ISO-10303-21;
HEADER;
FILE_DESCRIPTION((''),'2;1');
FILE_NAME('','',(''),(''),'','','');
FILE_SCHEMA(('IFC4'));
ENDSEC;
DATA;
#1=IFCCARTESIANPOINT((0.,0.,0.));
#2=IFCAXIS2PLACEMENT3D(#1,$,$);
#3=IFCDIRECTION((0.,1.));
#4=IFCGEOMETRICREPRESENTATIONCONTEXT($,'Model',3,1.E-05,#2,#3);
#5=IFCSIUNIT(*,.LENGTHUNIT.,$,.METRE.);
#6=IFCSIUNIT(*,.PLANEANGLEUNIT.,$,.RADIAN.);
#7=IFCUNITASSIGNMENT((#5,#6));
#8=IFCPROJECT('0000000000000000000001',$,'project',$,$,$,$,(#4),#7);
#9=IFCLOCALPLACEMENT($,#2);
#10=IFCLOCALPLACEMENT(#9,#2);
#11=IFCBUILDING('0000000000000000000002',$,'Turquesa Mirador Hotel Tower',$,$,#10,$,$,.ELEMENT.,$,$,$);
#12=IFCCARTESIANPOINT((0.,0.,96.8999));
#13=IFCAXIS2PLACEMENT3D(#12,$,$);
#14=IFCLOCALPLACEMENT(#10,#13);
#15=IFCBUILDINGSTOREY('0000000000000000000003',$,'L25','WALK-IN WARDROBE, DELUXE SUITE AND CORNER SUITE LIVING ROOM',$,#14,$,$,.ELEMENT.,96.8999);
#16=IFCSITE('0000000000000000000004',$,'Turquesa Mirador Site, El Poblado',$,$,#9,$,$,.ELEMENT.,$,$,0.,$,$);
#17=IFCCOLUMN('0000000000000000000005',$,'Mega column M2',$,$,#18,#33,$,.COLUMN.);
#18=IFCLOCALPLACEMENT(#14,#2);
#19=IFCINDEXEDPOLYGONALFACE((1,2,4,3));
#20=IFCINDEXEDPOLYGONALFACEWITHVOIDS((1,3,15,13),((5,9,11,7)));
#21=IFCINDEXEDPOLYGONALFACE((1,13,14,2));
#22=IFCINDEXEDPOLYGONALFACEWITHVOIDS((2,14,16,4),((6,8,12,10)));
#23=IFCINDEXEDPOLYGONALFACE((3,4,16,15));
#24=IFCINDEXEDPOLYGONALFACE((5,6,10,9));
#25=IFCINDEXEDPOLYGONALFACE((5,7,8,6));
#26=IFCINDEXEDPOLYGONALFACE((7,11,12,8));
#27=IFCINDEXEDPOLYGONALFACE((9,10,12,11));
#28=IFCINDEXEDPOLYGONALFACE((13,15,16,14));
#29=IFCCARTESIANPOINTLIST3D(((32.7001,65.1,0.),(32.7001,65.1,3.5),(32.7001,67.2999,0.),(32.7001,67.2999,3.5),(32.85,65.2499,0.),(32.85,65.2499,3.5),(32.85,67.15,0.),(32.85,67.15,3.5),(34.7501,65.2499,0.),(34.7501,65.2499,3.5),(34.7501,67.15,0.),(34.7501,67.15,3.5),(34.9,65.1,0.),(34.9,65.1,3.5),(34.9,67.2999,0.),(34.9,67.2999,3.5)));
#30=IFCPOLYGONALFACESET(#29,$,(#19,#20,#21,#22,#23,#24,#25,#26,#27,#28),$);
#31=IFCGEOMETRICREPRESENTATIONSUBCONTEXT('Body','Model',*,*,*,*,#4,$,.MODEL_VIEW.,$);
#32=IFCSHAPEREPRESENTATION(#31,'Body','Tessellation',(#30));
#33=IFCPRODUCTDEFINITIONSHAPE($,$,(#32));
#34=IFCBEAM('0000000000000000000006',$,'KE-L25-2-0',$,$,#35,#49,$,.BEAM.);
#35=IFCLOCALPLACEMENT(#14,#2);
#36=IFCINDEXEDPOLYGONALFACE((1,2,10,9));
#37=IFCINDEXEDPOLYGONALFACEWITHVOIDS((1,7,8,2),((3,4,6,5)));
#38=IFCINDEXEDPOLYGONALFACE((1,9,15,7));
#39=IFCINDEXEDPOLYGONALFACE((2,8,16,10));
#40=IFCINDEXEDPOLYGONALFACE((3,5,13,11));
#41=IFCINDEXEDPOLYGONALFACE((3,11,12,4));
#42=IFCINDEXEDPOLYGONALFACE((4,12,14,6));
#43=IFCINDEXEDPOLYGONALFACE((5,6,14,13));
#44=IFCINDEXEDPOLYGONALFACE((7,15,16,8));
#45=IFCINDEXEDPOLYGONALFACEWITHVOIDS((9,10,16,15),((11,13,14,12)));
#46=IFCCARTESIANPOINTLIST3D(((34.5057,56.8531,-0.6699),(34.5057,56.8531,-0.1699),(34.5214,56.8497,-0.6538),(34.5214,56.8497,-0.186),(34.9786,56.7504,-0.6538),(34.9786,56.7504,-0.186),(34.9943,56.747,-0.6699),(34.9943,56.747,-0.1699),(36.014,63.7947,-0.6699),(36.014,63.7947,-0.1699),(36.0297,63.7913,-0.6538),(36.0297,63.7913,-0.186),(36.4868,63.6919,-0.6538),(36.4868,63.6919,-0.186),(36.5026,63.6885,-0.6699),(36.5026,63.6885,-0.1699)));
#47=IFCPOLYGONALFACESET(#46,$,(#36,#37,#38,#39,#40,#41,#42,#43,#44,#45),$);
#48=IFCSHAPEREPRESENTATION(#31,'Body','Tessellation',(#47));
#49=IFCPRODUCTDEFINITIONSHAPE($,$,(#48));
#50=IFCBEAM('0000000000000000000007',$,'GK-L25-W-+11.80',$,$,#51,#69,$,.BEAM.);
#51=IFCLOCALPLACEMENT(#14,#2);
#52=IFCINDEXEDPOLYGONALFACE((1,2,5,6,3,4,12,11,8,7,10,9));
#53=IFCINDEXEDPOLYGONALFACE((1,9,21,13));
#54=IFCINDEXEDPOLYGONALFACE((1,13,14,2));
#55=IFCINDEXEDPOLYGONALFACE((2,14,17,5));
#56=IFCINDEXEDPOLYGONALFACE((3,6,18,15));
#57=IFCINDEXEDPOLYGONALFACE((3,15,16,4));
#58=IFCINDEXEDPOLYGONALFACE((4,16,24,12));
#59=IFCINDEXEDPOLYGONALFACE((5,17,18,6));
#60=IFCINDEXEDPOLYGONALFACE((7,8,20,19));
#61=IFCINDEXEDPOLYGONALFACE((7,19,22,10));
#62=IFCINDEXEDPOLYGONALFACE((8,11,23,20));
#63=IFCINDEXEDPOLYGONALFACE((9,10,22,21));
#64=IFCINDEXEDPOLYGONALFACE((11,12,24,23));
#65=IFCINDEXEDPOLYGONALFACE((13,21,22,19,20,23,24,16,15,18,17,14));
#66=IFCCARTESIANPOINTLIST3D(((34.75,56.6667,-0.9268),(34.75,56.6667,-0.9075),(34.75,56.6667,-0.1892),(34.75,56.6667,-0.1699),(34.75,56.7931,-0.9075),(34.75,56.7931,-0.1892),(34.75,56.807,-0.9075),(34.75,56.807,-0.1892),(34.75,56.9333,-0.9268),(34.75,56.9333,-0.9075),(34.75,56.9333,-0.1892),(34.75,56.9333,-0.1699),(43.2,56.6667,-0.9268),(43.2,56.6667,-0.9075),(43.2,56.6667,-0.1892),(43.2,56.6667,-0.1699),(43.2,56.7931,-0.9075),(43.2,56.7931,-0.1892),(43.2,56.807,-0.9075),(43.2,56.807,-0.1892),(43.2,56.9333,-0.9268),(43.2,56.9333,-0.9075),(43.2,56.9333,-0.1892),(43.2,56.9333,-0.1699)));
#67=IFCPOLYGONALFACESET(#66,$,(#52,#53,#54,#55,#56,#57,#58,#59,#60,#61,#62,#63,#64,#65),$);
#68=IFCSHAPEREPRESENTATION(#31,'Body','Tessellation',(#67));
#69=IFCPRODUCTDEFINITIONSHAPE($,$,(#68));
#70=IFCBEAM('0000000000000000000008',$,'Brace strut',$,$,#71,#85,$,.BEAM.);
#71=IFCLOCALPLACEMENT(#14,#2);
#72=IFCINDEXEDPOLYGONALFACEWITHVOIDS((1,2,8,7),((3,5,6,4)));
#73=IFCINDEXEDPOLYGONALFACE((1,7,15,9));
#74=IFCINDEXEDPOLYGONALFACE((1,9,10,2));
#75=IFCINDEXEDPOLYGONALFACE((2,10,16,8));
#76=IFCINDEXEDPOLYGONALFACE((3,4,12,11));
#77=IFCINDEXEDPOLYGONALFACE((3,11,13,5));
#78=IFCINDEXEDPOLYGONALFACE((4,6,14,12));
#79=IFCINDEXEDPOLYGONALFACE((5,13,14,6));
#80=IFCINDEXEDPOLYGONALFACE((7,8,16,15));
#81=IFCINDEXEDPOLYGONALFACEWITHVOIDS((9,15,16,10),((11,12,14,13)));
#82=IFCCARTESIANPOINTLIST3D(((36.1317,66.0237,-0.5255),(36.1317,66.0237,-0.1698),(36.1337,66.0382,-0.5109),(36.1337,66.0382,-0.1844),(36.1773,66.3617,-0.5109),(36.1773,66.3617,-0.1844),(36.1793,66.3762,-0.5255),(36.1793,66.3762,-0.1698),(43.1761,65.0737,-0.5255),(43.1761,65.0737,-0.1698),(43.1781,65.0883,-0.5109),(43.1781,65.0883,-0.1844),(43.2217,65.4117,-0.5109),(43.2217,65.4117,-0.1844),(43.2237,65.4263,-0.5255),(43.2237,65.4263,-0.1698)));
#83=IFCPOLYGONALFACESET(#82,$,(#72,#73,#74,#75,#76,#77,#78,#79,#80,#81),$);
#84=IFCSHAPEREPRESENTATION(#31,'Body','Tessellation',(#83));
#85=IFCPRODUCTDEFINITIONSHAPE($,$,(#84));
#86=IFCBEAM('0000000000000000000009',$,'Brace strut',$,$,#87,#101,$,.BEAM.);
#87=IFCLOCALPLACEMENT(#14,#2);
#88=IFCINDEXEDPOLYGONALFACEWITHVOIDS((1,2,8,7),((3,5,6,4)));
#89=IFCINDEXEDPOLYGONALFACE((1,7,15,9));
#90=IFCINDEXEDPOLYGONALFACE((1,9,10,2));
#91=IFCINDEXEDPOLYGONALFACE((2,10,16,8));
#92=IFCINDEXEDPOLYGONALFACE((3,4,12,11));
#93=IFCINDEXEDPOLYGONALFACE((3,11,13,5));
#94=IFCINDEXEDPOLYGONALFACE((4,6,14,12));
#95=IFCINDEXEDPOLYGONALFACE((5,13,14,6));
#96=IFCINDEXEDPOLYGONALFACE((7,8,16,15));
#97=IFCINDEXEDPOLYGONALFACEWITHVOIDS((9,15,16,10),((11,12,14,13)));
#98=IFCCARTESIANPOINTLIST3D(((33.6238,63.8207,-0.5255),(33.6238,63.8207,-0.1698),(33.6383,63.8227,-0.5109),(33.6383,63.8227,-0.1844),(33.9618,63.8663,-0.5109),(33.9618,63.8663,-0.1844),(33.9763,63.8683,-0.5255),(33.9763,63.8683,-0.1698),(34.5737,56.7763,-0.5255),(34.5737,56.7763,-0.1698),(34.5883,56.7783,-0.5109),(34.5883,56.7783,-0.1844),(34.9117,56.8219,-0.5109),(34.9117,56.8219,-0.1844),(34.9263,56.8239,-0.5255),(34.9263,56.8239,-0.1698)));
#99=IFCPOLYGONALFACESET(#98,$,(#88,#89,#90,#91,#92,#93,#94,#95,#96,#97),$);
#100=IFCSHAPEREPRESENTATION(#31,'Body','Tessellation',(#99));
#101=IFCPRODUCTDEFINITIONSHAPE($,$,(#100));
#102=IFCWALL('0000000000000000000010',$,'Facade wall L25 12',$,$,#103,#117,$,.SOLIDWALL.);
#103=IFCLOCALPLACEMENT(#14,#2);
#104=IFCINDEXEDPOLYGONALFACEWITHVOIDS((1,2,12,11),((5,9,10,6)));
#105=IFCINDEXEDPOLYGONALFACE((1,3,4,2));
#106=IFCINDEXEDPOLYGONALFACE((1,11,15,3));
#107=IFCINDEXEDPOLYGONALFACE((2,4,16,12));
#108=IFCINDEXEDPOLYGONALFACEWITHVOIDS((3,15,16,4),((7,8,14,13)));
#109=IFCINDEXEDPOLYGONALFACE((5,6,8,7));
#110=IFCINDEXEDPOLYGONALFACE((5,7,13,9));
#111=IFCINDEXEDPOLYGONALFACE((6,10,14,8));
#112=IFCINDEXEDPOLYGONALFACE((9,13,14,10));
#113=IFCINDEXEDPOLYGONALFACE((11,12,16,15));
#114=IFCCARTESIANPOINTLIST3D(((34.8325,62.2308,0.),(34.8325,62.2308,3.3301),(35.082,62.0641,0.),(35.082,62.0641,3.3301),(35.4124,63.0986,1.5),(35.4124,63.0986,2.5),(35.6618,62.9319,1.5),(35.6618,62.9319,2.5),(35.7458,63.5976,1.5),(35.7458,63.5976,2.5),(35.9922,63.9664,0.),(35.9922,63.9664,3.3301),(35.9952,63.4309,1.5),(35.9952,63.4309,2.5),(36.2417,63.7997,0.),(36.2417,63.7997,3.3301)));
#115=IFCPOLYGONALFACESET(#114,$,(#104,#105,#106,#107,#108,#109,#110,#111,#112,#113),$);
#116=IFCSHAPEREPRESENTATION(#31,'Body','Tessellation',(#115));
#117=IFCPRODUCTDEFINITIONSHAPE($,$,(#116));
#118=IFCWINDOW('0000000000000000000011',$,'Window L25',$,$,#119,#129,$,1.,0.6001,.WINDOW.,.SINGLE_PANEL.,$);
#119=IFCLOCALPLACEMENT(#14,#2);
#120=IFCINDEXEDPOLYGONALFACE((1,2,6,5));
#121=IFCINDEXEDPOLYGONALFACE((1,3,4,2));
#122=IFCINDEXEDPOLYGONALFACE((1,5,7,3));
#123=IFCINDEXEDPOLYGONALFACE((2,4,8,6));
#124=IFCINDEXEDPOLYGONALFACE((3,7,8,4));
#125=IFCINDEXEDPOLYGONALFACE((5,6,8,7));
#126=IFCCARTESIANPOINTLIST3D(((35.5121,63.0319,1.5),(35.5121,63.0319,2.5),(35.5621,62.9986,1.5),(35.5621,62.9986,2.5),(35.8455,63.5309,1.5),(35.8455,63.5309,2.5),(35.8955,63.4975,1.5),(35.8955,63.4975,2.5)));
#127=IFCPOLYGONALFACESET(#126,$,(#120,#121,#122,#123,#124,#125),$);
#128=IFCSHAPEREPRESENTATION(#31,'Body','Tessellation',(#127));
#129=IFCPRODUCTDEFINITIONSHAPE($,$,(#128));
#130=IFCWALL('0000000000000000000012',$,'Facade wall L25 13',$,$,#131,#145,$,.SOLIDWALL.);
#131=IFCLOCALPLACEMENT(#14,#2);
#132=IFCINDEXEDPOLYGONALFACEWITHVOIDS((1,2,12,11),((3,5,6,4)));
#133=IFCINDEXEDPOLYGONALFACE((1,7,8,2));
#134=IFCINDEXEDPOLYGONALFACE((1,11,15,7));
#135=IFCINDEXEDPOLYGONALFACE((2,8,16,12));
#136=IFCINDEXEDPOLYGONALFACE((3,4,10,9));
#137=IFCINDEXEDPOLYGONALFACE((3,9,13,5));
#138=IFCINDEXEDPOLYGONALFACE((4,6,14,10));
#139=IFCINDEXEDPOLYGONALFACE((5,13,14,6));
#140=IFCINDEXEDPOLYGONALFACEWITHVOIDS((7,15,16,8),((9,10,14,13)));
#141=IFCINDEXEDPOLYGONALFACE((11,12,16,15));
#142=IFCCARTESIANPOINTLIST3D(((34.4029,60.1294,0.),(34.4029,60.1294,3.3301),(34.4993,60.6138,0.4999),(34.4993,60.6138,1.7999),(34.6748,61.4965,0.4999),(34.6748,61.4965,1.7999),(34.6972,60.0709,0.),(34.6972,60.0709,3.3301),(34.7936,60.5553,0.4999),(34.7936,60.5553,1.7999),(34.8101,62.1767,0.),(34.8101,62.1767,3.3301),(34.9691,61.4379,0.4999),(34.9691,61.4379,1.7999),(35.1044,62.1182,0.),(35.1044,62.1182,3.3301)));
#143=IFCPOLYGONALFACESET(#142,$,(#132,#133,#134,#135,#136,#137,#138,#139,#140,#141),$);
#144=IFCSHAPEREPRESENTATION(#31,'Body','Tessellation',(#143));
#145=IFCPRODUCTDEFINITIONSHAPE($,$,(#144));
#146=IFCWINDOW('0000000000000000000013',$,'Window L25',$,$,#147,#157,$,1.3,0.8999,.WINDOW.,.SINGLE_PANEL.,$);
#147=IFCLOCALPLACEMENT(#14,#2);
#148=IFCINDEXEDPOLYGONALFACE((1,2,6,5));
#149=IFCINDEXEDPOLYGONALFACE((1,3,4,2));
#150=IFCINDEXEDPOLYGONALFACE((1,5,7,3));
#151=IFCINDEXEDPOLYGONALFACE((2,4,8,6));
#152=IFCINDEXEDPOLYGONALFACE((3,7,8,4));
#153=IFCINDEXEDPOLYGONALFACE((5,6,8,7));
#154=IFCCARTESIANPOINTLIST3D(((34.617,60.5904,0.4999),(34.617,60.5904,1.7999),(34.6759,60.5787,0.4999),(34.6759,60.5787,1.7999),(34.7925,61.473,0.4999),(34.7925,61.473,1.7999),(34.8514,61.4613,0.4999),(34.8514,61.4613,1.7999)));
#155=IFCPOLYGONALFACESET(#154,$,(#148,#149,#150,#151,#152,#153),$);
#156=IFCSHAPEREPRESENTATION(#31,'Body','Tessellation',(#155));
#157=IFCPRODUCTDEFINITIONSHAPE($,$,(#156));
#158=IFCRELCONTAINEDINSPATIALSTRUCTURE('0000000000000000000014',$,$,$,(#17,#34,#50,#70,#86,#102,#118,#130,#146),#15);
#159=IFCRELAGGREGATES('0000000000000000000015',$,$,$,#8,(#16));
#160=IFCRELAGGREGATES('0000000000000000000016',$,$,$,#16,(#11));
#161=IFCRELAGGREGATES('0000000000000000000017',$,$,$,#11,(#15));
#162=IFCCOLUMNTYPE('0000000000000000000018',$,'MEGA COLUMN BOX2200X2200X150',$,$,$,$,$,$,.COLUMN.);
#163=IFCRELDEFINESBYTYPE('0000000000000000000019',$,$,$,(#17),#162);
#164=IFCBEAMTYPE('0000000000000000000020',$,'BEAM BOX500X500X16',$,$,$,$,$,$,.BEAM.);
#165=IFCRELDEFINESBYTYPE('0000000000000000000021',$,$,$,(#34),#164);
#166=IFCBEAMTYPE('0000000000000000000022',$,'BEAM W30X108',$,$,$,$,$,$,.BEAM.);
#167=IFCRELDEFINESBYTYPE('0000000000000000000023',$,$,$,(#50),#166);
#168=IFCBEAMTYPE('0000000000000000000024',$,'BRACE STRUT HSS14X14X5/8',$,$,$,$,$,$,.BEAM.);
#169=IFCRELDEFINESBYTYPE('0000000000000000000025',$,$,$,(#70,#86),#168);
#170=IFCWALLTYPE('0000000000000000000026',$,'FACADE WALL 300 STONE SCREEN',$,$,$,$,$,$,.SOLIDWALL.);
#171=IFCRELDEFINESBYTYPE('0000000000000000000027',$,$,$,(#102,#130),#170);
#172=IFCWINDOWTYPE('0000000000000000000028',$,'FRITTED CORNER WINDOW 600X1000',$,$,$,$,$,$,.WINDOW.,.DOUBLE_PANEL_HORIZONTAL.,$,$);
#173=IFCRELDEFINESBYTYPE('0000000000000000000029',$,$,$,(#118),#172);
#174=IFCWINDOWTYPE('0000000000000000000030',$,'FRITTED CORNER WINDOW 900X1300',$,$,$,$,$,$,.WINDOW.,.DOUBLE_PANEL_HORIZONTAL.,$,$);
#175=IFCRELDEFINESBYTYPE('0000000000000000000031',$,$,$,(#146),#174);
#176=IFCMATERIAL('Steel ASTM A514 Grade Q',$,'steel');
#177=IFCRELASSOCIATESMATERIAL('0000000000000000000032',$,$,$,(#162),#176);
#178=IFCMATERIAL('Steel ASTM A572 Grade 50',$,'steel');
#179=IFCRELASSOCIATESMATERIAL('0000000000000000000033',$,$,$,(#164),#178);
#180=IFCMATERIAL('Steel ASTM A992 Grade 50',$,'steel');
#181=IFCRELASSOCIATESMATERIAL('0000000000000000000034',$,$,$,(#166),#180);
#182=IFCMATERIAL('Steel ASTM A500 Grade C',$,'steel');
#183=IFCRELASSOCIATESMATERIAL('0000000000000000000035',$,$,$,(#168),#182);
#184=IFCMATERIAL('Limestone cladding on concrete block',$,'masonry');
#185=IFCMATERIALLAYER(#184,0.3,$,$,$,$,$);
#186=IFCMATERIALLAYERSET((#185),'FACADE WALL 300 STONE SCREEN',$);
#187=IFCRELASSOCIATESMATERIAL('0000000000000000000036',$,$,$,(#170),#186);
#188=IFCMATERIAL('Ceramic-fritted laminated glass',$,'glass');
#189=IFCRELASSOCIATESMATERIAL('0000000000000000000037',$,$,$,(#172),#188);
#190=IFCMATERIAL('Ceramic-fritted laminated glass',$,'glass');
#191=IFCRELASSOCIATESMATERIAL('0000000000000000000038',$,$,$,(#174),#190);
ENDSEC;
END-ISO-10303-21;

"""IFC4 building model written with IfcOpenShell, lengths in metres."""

from ifc_helpers import new_model, si_unit, direction, frame, frame_2d, origin, origin_2d, place, context, subcontext, project, spatial, rectangle, hollow_rectangle, i_section, extrude, material, layer, layer_set, material_profile, profile_set, type_object, element, fill, save


model = new_model("IFC4")

# Units and contexts
model_context = context("Model", 3, precision=1e-05, world=origin(), true_north=direction((0.0, 1.0)))
body_context = subcontext(model_context, "Body", "Model", "MODEL_VIEW")
ifc_project = project(units=[si_unit("LENGTHUNIT", "METRE"), si_unit("PLANEANGLEUNIT", "RADIAN")], contexts=[model_context])

# Site, building, storey
site_placement = place(None, origin())
site = spatial("IfcSite", under=ifc_project, at=site_placement, Name="Turquesa Mirador Site, El Poblado", CompositionType="ELEMENT", RefElevation=0.0)
building_placement = place(site_placement, origin())
building = spatial("IfcBuilding", under=site, at=building_placement, Name="Turquesa Mirador Hotel Tower", CompositionType="ELEMENT")
storey_placement = place(building_placement, frame((0.0, 0.0, 96.8999)))
storey = spatial("IfcBuildingStorey", under=building, at=storey_placement, Name="L25", Description="WALK-IN WARDROBE, DELUXE SUITE AND CORNER SUITE LIVING ROOM", CompositionType="ELEMENT", Elevation=96.8999)

# Column
ifc_material_1 = material(Name="Steel ASTM A514 Grade Q", Category="steel")
ifc_material_profile_1 = material_profile(ifc_material_1, hollow_rectangle(XDim=2.2, YDim=2.2, WallThickness=0.1499, at=origin_2d()), Name="BOX2200X2200X150")
ifc_profile_set_1 = profile_set([ifc_material_profile_1], Name="Steel ASTM A514 Grade Q")
column_type = type_object("IfcColumnType", Name="MEGA COLUMN BOX2200X2200X150", PredefinedType="COLUMN", material=ifc_profile_set_1)
column_placement = place(storey_placement, frame((33.8, 66.2, 0.0), z_axis=(0.0, 0.0, 1.0), x_axis=(1.0, 0.0, 0.0)))
element("IfcColumn", 1, at=column_placement, inside=storey, type_object=column_type, Name="Mega column M2", PredefinedType="COLUMN", context=body_context, shape_type="SweptSolid", body=[
    extrude(hollow_rectangle(XDim=2.2, YDim=2.2, WallThickness=0.1499, at=origin_2d()), origin(), (0.0, 0.0, 1.0), 3.5),
])

# Beams
ifc_material_2 = material(Name="Steel ASTM A572 Grade 50", Category="steel")
ifc_material_profile_2 = material_profile(ifc_material_2, hollow_rectangle(XDim=0.5, YDim=0.5, WallThickness=0.0161, at=origin_2d()), Name="BOX500X500X16")
ifc_profile_set_2 = profile_set([ifc_material_profile_2], Name="Steel ASTM A572 Grade 50")
beam_type_1 = type_object("IfcBeamType", Name="BEAM BOX500X500X16", PredefinedType="BEAM", material=ifc_profile_set_2)
beam_1_placement = place(storey_placement, frame((34.75, 56.8, -0.4199), z_axis=(0.212328, 0.977198, 0.0), x_axis=(-0.977198, 0.212328, 0.0)))
element("IfcBeam", 2, at=beam_1_placement, inside=storey, type_object=beam_type_1, Name="KE-L25-2-0", PredefinedType="BEAM", context=body_context, shape_type="SweptSolid", body=[
    extrude(hollow_rectangle(XDim=0.5, YDim=0.5, WallThickness=0.0161, at=origin_2d()), origin(), (0.0, 0.0, 1.0), 7.1035),
])
ifc_material_3 = material(Name="Steel ASTM A992 Grade 50", Category="steel")
ifc_material_profile_3 = material_profile(ifc_material_3, i_section(OverallWidth=0.2666, OverallDepth=0.7568, WebThickness=0.0139, FlangeThickness=0.0193, at=origin_2d()), Name="W30X108")
ifc_profile_set_3 = profile_set([ifc_material_profile_3], Name="Steel ASTM A992 Grade 50")
beam_type_2 = type_object("IfcBeamType", Name="BEAM W30X108", PredefinedType="BEAM", material=ifc_profile_set_3)
beam_2_placement = place(storey_placement, frame((34.75, 56.8, -0.5483), z_axis=(1.0, 0.0, 0.0), x_axis=(0.0, 1.0, 0.0)))
element("IfcBeam", 3, at=beam_2_placement, inside=storey, type_object=beam_type_2, Name="GK-L25-W-+11.80", PredefinedType="BEAM", context=body_context, shape_type="SweptSolid", body=[
    extrude(i_section(OverallWidth=0.2666, OverallDepth=0.7568, WebThickness=0.0139, FlangeThickness=0.0193, at=origin_2d()), origin(), (0.0, 0.0, 1.0), 8.45),
])
ifc_material_4 = material(Name="Steel ASTM A500 Grade C", Category="steel")
ifc_material_profile_4 = material_profile(ifc_material_4, hollow_rectangle(XDim=0.3557, YDim=0.3557, WallThickness=0.0146, at=origin_2d()), Name="HSS14X14X5/8")
ifc_profile_set_4 = profile_set([ifc_material_profile_4], Name="Steel ASTM A500 Grade C")
beam_type_3 = type_object("IfcBeamType", Name="BRACE STRUT HSS14X14X5/8", PredefinedType="BEAM", material=ifc_profile_set_4)
for number, where, z_axis, x_axis, name in (
    (4, (36.1555, 66.2, -0.3477), (0.99103, -0.133642, 0.0), (0.133642, 0.99103, 0.0), "Brace strut"),
    (5, (33.8, 63.8445, -0.3477), (0.133642, -0.99103, 0.0), (0.99103, 0.133642, 0.0), "Brace strut"),
):
    element("IfcBeam", number, at=place(storey_placement, frame(where, z_axis=z_axis, x_axis=x_axis)), inside=storey, type_object=beam_type_3, Name=name, PredefinedType="BEAM", context=body_context, shape_type="SweptSolid", body=[
        extrude(hollow_rectangle(XDim=0.3557, YDim=0.3557, WallThickness=0.0146, at=origin_2d()), origin(), (0.0, 0.0, 1.0), 7.1082),
    ])

# Walls, openings, windows
ifc_material_5 = material(Name="Limestone cladding on concrete block", Category="masonry")
ifc_layer = layer(ifc_material_5, 0.3)
ifc_layer_set = layer_set([ifc_layer], Name="FACADE WALL 300 STONE SCREEN")
wall_type = type_object("IfcWallType", Name="FACADE WALL 300 STONE SCREEN", PredefinedType="SOLIDWALL", material=ifc_layer_set)
wall_1_placement = place(storey_placement, frame((36.1169, 63.8831, 0.0), z_axis=(0.0, 0.0, 1.0), x_axis=(-0.555564, -0.831474, 0.0)))
wall_1 = element("IfcWall", 6, at=wall_1_placement, inside=storey, type_object=wall_type, Name="Facade wall L25 12", PredefinedType="SOLIDWALL", context=body_context, shape_type="SweptSolid", body=[
    extrude(rectangle(XDim=2.0874, YDim=0.3, at=frame_2d((1.0437, 0.0))), origin(), (0.0, 0.0, 1.0), 3.3301),
])
opening_1_placement = place(wall_1_placement, frame((0.4436, 0.0, 1.5)))
opening_1 = element("IfcOpeningElement", 7, at=opening_1_placement, cuts=wall_1, PredefinedType="OPENING", context=body_context, shape_type="SweptSolid", body=[
    extrude(rectangle(XDim=0.6001, YDim=1.0, at=frame_2d((0.3, 0.5))), frame((0.0, 0.1599, 0.0), z_axis=(0.0, -1.0, 0.0), x_axis=(1.0, 0.0, 0.0)), (0.0, 0.0, 1.0), 0.3201),
])
ifc_material_6 = material(Name="Ceramic-fritted laminated glass", Category="glass")
window_type_1 = type_object("IfcWindowType", Name="FRITTED CORNER WINDOW 600X1000", PartitioningType="DOUBLE_PANEL_HORIZONTAL", PredefinedType="WINDOW", material=ifc_material_6)
window_1_placement = place(opening_1_placement, origin())
window_1 = element("IfcWindow", 8, at=window_1_placement, inside=storey, type_object=window_type_1, Name="Window L25", OverallHeight=1.0, OverallWidth=0.6001, PartitioningType="SINGLE_PANEL", PredefinedType="WINDOW", context=body_context, shape_type="SweptSolid", body=[
    extrude(rectangle(XDim=0.6001, YDim=1.0, at=frame_2d((0.3, 0.5))), frame((0.0, 0.03, 0.0), z_axis=(0.0, -1.0, 0.0), x_axis=(1.0, 0.0, 0.0)), (0.0, 0.0, 1.0), 0.0601),
])
fill(opening_1, window_1)
wall_2_placement = place(storey_placement, frame((34.9573, 62.1475, 0.0), z_axis=(0.0, 0.0, 1.0), x_axis=(-0.195081, -0.980787, 0.0)))
wall_2 = element("IfcWall", 9, at=wall_2_placement, inside=storey, type_object=wall_type, Name="Facade wall L25 13", PredefinedType="SOLIDWALL", context=body_context, shape_type="SweptSolid", body=[
    extrude(rectangle(XDim=2.0874, YDim=0.3, at=frame_2d((1.0437, 0.0))), origin(), (0.0, 0.0, 1.0), 3.3301),
])
opening_2_placement = place(wall_2_placement, frame((0.6936, 0.0, 0.5)))
opening_2 = element("IfcOpeningElement", 10, at=opening_2_placement, cuts=wall_2, PredefinedType="OPENING", context=body_context, shape_type="SweptSolid", body=[
    extrude(rectangle(XDim=0.8999, YDim=1.3, at=frame_2d((0.45, 0.6499))), frame((0.0, 0.1599, 0.0), z_axis=(0.0, -1.0, 0.0), x_axis=(1.0, 0.0, 0.0)), (0.0, 0.0, 1.0), 0.3201),
])
ifc_material_7 = material(Name="Ceramic-fritted laminated glass", Category="glass")
window_type_2 = type_object("IfcWindowType", Name="FRITTED CORNER WINDOW 900X1300", PartitioningType="DOUBLE_PANEL_HORIZONTAL", PredefinedType="WINDOW", material=ifc_material_7)
window_2_placement = place(opening_2_placement, origin())
window_2 = element("IfcWindow", 11, at=window_2_placement, inside=storey, type_object=window_type_2, Name="Window L25", OverallHeight=1.3, OverallWidth=0.8999, PartitioningType="SINGLE_PANEL", PredefinedType="WINDOW", context=body_context, shape_type="SweptSolid", body=[
    extrude(rectangle(XDim=0.8999, YDim=1.3, at=frame_2d((0.45, 0.6499))), frame((0.0, 0.03, 0.0), z_axis=(0.0, -1.0, 0.0), x_axis=(1.0, 0.0, 0.0)), (0.0, 0.0, 1.0), 0.0601),
])
fill(opening_2, window_2)

save(model, "model.ifc")
